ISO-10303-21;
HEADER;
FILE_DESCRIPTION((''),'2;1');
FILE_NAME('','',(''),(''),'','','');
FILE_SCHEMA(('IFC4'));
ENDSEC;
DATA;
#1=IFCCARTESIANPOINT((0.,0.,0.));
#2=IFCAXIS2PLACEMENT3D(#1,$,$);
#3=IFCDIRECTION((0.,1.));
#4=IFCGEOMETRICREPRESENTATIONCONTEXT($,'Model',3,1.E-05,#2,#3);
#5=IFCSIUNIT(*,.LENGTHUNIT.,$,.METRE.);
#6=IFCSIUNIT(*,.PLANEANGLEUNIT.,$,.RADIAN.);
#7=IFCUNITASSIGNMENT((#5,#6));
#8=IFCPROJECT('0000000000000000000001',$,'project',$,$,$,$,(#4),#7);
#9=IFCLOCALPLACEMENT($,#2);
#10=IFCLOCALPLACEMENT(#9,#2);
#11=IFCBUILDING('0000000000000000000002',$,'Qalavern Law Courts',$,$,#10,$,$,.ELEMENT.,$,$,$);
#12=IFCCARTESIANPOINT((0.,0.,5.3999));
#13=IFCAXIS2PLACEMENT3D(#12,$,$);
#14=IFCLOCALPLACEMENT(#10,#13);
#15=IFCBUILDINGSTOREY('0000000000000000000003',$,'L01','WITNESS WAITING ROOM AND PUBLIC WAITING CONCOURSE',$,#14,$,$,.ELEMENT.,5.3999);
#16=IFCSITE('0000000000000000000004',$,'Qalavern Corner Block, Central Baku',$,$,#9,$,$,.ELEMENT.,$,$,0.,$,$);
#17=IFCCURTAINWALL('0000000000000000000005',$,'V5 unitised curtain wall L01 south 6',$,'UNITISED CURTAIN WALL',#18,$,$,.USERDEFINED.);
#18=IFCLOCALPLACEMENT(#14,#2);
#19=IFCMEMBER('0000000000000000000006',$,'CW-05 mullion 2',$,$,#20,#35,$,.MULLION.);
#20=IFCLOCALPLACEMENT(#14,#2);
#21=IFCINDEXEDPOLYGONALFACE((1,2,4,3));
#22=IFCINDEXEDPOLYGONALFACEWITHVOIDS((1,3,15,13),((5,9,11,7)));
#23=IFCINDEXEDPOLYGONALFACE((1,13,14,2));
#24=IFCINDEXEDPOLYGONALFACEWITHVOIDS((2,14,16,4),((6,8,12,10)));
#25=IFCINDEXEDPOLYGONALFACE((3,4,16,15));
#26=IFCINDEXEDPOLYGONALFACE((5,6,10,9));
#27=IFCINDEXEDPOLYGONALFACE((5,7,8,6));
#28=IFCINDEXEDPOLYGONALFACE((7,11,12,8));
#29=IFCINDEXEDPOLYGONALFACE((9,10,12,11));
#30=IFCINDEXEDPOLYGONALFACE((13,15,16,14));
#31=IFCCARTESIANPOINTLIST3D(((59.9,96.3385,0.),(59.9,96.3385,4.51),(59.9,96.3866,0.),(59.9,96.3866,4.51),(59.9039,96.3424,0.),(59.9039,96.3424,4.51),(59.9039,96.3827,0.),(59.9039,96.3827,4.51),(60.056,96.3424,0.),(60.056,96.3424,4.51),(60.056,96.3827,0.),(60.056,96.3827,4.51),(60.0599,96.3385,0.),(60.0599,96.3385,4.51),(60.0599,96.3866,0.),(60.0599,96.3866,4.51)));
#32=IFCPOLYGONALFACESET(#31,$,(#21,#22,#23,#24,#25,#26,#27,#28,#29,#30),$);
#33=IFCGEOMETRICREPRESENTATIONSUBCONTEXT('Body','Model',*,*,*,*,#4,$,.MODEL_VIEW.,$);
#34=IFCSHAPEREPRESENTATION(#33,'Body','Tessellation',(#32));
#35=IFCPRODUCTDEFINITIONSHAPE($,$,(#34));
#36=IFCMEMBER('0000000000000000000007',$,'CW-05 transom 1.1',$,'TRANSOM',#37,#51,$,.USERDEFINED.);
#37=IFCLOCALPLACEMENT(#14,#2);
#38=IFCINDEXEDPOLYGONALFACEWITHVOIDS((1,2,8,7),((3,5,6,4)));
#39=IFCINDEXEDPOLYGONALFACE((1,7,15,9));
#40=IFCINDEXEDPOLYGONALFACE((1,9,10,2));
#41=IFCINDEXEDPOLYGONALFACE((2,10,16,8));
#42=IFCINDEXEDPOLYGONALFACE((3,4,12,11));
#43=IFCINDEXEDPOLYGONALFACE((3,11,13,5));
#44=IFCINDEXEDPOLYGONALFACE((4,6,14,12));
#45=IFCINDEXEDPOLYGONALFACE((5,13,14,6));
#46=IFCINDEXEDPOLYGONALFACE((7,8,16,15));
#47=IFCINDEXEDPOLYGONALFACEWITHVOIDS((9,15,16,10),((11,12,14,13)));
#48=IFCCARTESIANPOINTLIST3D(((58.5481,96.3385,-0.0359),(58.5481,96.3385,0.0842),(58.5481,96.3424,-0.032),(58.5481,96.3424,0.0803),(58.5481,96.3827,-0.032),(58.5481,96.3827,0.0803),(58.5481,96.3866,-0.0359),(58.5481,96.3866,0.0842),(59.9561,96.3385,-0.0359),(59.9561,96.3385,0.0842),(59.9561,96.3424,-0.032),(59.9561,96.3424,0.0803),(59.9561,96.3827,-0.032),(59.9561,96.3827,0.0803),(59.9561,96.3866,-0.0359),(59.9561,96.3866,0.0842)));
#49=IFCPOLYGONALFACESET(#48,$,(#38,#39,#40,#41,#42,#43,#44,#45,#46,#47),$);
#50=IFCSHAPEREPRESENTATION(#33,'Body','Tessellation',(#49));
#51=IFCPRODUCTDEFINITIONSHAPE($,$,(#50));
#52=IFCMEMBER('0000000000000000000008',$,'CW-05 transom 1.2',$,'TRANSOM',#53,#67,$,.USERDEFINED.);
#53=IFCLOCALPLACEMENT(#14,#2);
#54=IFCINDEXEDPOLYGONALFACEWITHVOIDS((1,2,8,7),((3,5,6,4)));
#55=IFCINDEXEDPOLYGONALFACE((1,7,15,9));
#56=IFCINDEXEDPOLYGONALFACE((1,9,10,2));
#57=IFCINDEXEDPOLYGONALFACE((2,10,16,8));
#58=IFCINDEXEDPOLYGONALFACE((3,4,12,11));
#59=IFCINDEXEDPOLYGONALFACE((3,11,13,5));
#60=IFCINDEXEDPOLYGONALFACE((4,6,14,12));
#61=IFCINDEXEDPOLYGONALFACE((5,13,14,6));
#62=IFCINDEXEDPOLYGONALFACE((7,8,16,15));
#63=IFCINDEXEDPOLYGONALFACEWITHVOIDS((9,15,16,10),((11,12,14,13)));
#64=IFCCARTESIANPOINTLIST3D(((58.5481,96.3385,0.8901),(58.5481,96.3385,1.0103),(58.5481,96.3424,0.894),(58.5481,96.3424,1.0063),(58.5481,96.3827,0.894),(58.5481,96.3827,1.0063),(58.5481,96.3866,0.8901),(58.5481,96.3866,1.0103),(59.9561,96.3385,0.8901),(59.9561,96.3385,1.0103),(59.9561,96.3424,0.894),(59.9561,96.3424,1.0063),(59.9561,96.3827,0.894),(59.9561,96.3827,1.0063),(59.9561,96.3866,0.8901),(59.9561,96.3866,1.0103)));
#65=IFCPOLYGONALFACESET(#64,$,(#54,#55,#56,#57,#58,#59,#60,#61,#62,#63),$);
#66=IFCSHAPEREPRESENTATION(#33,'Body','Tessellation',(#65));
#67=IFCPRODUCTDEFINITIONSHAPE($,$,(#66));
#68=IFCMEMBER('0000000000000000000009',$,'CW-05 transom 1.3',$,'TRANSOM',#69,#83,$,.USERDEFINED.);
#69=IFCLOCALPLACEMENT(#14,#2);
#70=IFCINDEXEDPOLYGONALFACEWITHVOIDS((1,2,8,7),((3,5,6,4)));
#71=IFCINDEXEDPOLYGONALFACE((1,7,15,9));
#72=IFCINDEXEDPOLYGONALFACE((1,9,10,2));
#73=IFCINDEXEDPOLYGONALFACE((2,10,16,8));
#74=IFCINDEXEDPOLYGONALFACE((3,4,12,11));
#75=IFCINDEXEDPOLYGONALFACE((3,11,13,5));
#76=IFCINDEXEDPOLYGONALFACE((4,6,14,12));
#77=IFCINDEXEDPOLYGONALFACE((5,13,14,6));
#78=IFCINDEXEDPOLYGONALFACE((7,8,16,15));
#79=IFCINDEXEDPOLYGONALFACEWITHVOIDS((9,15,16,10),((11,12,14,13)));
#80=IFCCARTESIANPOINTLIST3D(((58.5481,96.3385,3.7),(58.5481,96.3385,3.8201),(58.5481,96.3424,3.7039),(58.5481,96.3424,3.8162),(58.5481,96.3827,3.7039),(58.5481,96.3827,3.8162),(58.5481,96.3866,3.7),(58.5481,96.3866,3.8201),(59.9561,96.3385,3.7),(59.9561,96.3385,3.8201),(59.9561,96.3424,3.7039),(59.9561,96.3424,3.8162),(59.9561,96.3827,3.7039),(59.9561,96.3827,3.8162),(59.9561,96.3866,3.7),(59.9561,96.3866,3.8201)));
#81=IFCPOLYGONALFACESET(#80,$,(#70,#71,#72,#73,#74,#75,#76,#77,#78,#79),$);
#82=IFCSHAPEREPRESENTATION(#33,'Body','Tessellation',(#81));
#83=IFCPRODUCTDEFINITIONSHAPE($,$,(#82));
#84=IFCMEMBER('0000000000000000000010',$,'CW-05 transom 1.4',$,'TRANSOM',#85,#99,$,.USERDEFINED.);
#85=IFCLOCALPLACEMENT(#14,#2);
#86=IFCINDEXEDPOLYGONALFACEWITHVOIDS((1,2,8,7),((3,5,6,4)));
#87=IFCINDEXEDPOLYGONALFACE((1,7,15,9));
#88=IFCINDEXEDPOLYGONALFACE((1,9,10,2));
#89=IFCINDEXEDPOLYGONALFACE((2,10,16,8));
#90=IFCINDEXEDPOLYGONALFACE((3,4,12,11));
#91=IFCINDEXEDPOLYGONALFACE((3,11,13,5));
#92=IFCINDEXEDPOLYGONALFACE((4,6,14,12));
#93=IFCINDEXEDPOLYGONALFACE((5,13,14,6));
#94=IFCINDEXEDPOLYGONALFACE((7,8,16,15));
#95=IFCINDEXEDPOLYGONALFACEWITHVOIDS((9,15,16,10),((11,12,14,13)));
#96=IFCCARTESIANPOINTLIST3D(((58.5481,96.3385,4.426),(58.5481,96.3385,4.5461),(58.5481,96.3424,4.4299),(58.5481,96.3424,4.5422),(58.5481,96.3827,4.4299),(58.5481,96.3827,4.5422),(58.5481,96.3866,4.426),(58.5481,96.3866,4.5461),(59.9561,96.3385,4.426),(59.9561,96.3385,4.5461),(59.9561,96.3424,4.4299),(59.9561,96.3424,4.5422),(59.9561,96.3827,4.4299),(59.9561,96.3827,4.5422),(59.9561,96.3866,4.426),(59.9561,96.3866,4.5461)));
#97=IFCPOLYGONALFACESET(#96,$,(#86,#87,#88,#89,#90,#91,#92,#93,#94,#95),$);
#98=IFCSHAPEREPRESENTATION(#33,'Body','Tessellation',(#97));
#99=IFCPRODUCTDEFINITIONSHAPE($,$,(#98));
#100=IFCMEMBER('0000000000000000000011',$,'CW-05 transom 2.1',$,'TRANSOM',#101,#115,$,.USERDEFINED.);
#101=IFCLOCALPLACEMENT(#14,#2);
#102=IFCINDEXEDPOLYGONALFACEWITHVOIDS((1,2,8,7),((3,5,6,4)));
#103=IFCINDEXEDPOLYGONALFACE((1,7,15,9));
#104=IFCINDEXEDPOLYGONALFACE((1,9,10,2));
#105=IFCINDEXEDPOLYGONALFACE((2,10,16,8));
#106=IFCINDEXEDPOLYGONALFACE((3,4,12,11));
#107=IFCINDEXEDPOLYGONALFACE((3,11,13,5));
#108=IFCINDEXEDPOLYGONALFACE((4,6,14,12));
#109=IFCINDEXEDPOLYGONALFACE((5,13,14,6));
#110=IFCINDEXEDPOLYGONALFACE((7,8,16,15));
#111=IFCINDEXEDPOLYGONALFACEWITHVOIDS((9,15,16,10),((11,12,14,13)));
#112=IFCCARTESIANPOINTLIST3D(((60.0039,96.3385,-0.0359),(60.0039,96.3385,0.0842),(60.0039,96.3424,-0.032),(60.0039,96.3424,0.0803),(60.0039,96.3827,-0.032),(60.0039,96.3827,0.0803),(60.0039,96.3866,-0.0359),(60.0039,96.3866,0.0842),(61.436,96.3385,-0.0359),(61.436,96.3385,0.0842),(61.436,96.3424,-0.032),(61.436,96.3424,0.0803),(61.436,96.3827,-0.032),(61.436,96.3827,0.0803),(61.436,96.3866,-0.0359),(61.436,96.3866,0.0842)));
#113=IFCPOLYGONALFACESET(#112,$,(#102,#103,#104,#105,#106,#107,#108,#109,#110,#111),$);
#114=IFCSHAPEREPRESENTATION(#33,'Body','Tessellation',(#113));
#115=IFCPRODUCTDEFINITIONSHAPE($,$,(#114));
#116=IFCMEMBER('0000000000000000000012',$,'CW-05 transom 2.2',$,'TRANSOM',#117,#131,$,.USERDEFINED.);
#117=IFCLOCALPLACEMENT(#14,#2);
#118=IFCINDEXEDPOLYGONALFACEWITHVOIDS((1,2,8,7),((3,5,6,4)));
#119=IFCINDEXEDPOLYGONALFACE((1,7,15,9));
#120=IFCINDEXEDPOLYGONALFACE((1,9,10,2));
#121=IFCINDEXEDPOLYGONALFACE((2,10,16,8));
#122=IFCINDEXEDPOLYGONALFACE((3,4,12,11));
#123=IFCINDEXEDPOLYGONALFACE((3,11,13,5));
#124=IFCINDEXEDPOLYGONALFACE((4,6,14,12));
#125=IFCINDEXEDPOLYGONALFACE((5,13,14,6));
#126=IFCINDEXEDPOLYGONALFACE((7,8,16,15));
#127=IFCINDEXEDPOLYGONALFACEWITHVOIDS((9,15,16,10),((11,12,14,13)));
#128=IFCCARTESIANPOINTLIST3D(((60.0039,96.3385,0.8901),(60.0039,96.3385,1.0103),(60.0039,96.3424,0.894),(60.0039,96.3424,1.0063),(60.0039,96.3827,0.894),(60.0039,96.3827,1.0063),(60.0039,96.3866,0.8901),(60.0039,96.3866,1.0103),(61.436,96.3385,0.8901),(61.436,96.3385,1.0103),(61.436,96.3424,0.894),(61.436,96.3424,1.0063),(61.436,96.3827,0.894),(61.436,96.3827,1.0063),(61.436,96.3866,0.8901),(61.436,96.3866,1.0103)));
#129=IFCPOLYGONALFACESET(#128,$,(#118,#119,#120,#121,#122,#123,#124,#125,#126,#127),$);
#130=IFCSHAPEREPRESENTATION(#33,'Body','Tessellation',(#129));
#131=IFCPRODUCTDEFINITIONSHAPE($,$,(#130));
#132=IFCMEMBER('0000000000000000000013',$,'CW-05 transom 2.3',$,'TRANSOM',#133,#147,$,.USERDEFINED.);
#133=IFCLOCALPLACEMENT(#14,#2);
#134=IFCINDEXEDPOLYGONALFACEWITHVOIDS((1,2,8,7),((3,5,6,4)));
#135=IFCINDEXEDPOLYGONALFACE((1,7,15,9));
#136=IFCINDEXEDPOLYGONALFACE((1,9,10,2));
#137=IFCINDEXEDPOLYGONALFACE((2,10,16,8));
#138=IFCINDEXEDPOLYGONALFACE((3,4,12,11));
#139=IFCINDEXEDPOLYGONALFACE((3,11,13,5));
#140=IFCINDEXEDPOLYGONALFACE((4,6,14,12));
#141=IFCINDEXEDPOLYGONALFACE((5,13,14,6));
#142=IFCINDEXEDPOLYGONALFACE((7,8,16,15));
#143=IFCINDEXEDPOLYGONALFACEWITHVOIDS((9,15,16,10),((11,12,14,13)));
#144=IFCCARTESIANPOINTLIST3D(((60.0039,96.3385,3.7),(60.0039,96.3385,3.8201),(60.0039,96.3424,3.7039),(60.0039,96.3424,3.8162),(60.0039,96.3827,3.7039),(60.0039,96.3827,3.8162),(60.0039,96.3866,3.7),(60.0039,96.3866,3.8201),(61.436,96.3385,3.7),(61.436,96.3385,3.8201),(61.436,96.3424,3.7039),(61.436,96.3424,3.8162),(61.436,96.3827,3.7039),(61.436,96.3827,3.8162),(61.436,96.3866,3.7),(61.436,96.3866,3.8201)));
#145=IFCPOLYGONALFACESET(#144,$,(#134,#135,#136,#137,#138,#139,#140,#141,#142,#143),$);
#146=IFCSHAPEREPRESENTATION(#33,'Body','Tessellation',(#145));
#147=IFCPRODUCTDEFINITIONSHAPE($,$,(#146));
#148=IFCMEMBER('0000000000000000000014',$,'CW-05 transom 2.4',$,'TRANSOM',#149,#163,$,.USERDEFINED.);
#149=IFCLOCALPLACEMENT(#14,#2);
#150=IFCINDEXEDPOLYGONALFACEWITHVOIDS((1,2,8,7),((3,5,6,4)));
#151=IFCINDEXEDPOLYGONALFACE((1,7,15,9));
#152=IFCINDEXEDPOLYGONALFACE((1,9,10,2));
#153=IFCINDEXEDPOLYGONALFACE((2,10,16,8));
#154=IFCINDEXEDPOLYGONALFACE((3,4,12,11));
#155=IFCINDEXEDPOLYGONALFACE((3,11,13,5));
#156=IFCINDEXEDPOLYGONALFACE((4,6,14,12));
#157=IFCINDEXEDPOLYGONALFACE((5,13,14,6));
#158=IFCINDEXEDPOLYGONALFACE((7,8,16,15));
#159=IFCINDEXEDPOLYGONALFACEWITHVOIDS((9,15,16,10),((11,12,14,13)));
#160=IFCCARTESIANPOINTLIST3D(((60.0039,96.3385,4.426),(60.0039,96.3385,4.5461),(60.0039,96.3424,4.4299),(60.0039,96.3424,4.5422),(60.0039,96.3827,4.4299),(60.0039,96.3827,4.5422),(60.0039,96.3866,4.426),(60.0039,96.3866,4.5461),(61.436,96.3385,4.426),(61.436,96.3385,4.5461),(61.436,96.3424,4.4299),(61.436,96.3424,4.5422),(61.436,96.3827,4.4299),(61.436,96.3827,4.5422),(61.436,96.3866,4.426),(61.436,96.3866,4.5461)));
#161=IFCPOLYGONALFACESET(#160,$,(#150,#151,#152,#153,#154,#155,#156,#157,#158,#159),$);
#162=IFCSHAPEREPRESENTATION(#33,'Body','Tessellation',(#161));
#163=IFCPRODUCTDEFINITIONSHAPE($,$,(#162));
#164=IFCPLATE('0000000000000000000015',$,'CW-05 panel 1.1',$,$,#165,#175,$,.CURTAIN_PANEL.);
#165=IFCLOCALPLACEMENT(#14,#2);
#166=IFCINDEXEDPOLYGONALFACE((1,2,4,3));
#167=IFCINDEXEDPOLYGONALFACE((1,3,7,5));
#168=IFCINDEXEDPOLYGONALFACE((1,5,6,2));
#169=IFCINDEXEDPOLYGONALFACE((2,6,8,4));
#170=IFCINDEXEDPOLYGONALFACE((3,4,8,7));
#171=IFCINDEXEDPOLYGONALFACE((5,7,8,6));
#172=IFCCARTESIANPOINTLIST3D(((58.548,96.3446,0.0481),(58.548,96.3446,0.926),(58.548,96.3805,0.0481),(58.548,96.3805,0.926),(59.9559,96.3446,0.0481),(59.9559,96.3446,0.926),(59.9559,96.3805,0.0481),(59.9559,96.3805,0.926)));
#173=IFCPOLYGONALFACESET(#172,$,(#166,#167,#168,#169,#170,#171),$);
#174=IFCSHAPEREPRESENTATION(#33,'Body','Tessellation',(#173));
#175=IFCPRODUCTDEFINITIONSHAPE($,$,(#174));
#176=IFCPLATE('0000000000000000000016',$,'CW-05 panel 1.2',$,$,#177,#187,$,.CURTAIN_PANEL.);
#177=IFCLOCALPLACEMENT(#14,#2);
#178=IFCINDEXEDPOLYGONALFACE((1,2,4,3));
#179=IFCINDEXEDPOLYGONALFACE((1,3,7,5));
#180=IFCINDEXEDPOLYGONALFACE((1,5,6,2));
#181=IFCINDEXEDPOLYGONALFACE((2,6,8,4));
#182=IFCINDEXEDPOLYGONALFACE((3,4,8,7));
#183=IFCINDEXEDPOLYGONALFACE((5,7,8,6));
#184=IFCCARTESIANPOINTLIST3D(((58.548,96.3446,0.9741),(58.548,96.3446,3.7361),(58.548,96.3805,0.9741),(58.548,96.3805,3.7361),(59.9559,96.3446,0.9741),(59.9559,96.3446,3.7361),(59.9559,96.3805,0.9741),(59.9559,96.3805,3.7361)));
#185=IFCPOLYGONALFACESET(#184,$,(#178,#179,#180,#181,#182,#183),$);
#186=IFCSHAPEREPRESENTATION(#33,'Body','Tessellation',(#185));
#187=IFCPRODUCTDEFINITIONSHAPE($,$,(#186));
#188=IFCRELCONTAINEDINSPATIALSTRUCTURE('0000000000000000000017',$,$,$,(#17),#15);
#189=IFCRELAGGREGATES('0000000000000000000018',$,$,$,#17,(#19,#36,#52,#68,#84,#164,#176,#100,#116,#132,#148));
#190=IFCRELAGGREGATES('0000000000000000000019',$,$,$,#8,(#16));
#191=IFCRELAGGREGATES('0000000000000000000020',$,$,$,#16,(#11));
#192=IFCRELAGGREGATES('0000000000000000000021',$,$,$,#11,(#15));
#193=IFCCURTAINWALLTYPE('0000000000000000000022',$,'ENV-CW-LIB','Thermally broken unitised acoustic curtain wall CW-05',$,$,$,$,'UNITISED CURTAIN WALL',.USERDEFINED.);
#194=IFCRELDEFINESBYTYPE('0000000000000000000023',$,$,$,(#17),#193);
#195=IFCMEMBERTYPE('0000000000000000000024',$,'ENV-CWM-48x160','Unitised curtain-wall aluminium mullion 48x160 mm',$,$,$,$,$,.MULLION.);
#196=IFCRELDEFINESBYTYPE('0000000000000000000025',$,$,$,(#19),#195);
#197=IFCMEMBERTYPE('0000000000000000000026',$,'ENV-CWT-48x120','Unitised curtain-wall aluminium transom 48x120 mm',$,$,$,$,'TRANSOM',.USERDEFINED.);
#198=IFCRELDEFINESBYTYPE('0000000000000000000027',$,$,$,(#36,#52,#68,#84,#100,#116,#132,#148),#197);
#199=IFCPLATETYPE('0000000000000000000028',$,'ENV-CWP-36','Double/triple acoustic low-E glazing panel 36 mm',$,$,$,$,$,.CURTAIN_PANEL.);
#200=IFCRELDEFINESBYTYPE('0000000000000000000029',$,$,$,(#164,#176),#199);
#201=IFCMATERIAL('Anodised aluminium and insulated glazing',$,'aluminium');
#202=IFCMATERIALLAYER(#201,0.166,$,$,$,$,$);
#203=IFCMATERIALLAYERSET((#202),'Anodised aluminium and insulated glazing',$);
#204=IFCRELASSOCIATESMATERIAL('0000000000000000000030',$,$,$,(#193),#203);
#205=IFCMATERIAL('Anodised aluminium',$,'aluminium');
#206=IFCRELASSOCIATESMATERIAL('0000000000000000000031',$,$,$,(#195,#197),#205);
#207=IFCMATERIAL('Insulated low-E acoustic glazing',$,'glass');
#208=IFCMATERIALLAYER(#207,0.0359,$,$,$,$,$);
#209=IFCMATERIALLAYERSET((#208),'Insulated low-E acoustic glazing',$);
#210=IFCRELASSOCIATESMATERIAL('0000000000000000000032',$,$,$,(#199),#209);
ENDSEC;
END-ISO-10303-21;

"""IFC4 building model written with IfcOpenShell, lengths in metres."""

from ifc_helpers import new_model, si_unit, direction, frame, origin, origin_2d, place, context, subcontext, project, spatial, rectangle, hollow_rectangle, extrude, material, layer, layer_set, material_profile, profile_set, type_object, element, aggregate, save


model = new_model("IFC4")

# Units and contexts
model_context = context("Model", 3, precision=1e-05, world=origin(), true_north=direction((0.0, 1.0)))
body_context = subcontext(model_context, "Body", "Model", "MODEL_VIEW")
ifc_project = project(units=[si_unit("LENGTHUNIT", "METRE"), si_unit("PLANEANGLEUNIT", "RADIAN")], contexts=[model_context])

# Site, building, storey
site_placement = place(None, origin())
site = spatial("IfcSite", under=ifc_project, at=site_placement, Name="Qalavern Corner Block, Central Baku", CompositionType="ELEMENT", RefElevation=0.0)
building_placement = place(site_placement, origin())
building = spatial("IfcBuilding", under=site, at=building_placement, Name="Qalavern Law Courts", CompositionType="ELEMENT")
storey_placement = place(building_placement, frame((0.0, 0.0, 5.3999)))
storey = spatial("IfcBuildingStorey", under=building, at=storey_placement, Name="L01", Description="WITNESS WAITING ROOM AND PUBLIC WAITING CONCOURSE", CompositionType="ELEMENT", Elevation=5.3999)

# Curtain wall, members, plates
ifc_material_1 = material(Name="Anodised aluminium and insulated glazing", Category="aluminium")
ifc_layer_1 = layer(ifc_material_1, 0.166)
ifc_layer_set_1 = layer_set([ifc_layer_1], Name="Anodised aluminium and insulated glazing")
curtain_wall_type = type_object("IfcCurtainWallType", Name="ENV-CW-LIB", Description="Thermally broken unitised acoustic curtain wall CW-05", ElementType="UNITISED CURTAIN WALL", PredefinedType="USERDEFINED", material=ifc_layer_set_1)
curtain_wall_placement = place(storey_placement, origin())
curtain_wall = element("IfcCurtainWall", 1, at=curtain_wall_placement, inside=storey, type_object=curtain_wall_type, Name="V5 unitised curtain wall L01 south 6", ObjectType="UNITISED CURTAIN WALL", PredefinedType="USERDEFINED")
ifc_material_2 = material(Name="Anodised aluminium", Category="aluminium")
ifc_material_profile_1 = material_profile(ifc_material_2, hollow_rectangle(XDim=0.0481, YDim=0.1599, WallThickness=0.0039, at=origin_2d()), Name="ALU MULLION 48x160")
ifc_profile_set_1 = profile_set([ifc_material_profile_1], Name="Anodised aluminium")
member_type_1 = type_object("IfcMemberType", Name="ENV-CWM-48x160", Description="Unitised curtain-wall aluminium mullion 48x160 mm", PredefinedType="MULLION", material=ifc_profile_set_1)
member_1_placement = place(storey_placement, frame((59.98, 96.3625, 0.0), z_axis=(0.0, 0.0, 1.0), x_axis=(0.0, 1.0, 0.0)))
member_1 = element("IfcMember", 2, at=member_1_placement, type_object=member_type_1, Name="CW-05 mullion 2", PredefinedType="MULLION", context=body_context, shape_type="SweptSolid", body=[
    extrude(hollow_rectangle(XDim=0.0481, YDim=0.1599, WallThickness=0.0039, at=origin_2d()), origin(), (0.0, 0.0, 1.0), 4.51),
])
ifc_material_profile_2 = material_profile(ifc_material_2, hollow_rectangle(XDim=0.0481, YDim=0.1201, WallThickness=0.0039, at=origin_2d()), Name="ALU TRANSOM 48x120")
ifc_profile_set_2 = profile_set([ifc_material_profile_2], Name="Anodised aluminium")
member_type_2 = type_object("IfcMemberType", Name="ENV-CWT-48x120", Description="Unitised curtain-wall aluminium transom 48x120 mm", ElementType="TRANSOM", PredefinedType="USERDEFINED", material=ifc_profile_set_2)
member_2_placement = place(storey_placement, frame((58.5481, 96.3625, 0.0242), z_axis=(1.0, 0.0, 0.0), x_axis=(0.0, 1.0, 0.0)))
member_2 = element("IfcMember", 3, at=member_2_placement, type_object=member_type_2, Name="CW-05 transom 1.1", ObjectType="TRANSOM", PredefinedType="USERDEFINED", context=body_context, shape_type="SweptSolid", body=[
    extrude(hollow_rectangle(XDim=0.0481, YDim=0.1201, WallThickness=0.0039, at=origin_2d()), origin(), (0.0, 0.0, 1.0), 1.408),
])
member_3_placement = place(storey_placement, frame((58.5481, 96.3625, 0.9502), z_axis=(1.0, 0.0, 0.0), x_axis=(0.0, 1.0, 0.0)))
member_3 = element("IfcMember", 4, at=member_3_placement, type_object=member_type_2, Name="CW-05 transom 1.2", ObjectType="TRANSOM", PredefinedType="USERDEFINED", context=body_context, shape_type="SweptSolid", body=[
    extrude(hollow_rectangle(XDim=0.0481, YDim=0.1201, WallThickness=0.0039, at=origin_2d()), origin(), (0.0, 0.0, 1.0), 1.408),
])
member_4_placement = place(storey_placement, frame((58.5481, 96.3625, 3.76), z_axis=(1.0, 0.0, 0.0), x_axis=(0.0, 1.0, 0.0)))
member_4 = element("IfcMember", 5, at=member_4_placement, type_object=member_type_2, Name="CW-05 transom 1.3", ObjectType="TRANSOM", PredefinedType="USERDEFINED", context=body_context, shape_type="SweptSolid", body=[
    extrude(hollow_rectangle(XDim=0.0481, YDim=0.1201, WallThickness=0.0039, at=origin_2d()), origin(), (0.0, 0.0, 1.0), 1.408),
])
member_5_placement = place(storey_placement, frame((58.5481, 96.3625, 4.4861), z_axis=(1.0, 0.0, 0.0), x_axis=(0.0, 1.0, 0.0)))
member_5 = element("IfcMember", 6, at=member_5_placement, type_object=member_type_2, Name="CW-05 transom 1.4", ObjectType="TRANSOM", PredefinedType="USERDEFINED", context=body_context, shape_type="SweptSolid", body=[
    extrude(hollow_rectangle(XDim=0.0481, YDim=0.1201, WallThickness=0.0039, at=origin_2d()), origin(), (0.0, 0.0, 1.0), 1.408),
])
member_6_placement = place(storey_placement, frame((60.0039, 96.3625, 0.0242), z_axis=(1.0, 0.0, 0.0), x_axis=(0.0, 1.0, 0.0)))
member_6 = element("IfcMember", 7, at=member_6_placement, type_object=member_type_2, Name="CW-05 transom 2.1", ObjectType="TRANSOM", PredefinedType="USERDEFINED", context=body_context, shape_type="SweptSolid", body=[
    extrude(hollow_rectangle(XDim=0.0481, YDim=0.1201, WallThickness=0.0039, at=origin_2d()), origin(), (0.0, 0.0, 1.0), 1.4321),
])
member_7_placement = place(storey_placement, frame((60.0039, 96.3625, 0.9502), z_axis=(1.0, 0.0, 0.0), x_axis=(0.0, 1.0, 0.0)))
member_7 = element("IfcMember", 8, at=member_7_placement, type_object=member_type_2, Name="CW-05 transom 2.2", ObjectType="TRANSOM", PredefinedType="USERDEFINED", context=body_context, shape_type="SweptSolid", body=[
    extrude(hollow_rectangle(XDim=0.0481, YDim=0.1201, WallThickness=0.0039, at=origin_2d()), origin(), (0.0, 0.0, 1.0), 1.4321),
])
member_8_placement = place(storey_placement, frame((60.0039, 96.3625, 3.76), z_axis=(1.0, 0.0, 0.0), x_axis=(0.0, 1.0, 0.0)))
member_8 = element("IfcMember", 9, at=member_8_placement, type_object=member_type_2, Name="CW-05 transom 2.3", ObjectType="TRANSOM", PredefinedType="USERDEFINED", context=body_context, shape_type="SweptSolid", body=[
    extrude(hollow_rectangle(XDim=0.0481, YDim=0.1201, WallThickness=0.0039, at=origin_2d()), origin(), (0.0, 0.0, 1.0), 1.4321),
])
member_9_placement = place(storey_placement, frame((60.0039, 96.3625, 4.4861), z_axis=(1.0, 0.0, 0.0), x_axis=(0.0, 1.0, 0.0)))
member_9 = element("IfcMember", 10, at=member_9_placement, type_object=member_type_2, Name="CW-05 transom 2.4", ObjectType="TRANSOM", PredefinedType="USERDEFINED", context=body_context, shape_type="SweptSolid", body=[
    extrude(hollow_rectangle(XDim=0.0481, YDim=0.1201, WallThickness=0.0039, at=origin_2d()), origin(), (0.0, 0.0, 1.0), 1.4321),
])
ifc_material_3 = material(Name="Insulated low-E acoustic glazing", Category="glass")
ifc_layer_2 = layer(ifc_material_3, 0.0359)
ifc_layer_set_2 = layer_set([ifc_layer_2], Name="Insulated low-E acoustic glazing")
plate_type = type_object("IfcPlateType", Name="ENV-CWP-36", Description="Double/triple acoustic low-E glazing panel 36 mm", PredefinedType="CURTAIN_PANEL", material=ifc_layer_set_2)
plate_1_placement = place(storey_placement, frame((59.252, 96.3625, 0.0481), z_axis=(0.0, 0.0, 1.0), x_axis=(1.0, 0.0, 0.0)))
plate_1 = element("IfcPlate", 11, at=plate_1_placement, type_object=plate_type, Name="CW-05 panel 1.1", PredefinedType="CURTAIN_PANEL", context=body_context, shape_type="SweptSolid", body=[
    extrude(rectangle(XDim=1.408, YDim=0.0359, at=origin_2d()), origin(), (0.0, 0.0, 1.0), 0.8779),
])
plate_2_placement = place(storey_placement, frame((59.252, 96.3625, 0.9741), z_axis=(0.0, 0.0, 1.0), x_axis=(1.0, 0.0, 0.0)))
plate_2 = element("IfcPlate", 12, at=plate_2_placement, type_object=plate_type, Name="CW-05 panel 1.2", PredefinedType="CURTAIN_PANEL", context=body_context, shape_type="SweptSolid", body=[
    extrude(rectangle(XDim=1.408, YDim=0.0359, at=origin_2d()), origin(), (0.0, 0.0, 1.0), 2.762),
])
aggregate(curtain_wall, [member_1, member_2, member_3, member_4, member_5, plate_1, plate_2, member_6, member_7, member_8, member_9])

save(model, "model.ifc")
